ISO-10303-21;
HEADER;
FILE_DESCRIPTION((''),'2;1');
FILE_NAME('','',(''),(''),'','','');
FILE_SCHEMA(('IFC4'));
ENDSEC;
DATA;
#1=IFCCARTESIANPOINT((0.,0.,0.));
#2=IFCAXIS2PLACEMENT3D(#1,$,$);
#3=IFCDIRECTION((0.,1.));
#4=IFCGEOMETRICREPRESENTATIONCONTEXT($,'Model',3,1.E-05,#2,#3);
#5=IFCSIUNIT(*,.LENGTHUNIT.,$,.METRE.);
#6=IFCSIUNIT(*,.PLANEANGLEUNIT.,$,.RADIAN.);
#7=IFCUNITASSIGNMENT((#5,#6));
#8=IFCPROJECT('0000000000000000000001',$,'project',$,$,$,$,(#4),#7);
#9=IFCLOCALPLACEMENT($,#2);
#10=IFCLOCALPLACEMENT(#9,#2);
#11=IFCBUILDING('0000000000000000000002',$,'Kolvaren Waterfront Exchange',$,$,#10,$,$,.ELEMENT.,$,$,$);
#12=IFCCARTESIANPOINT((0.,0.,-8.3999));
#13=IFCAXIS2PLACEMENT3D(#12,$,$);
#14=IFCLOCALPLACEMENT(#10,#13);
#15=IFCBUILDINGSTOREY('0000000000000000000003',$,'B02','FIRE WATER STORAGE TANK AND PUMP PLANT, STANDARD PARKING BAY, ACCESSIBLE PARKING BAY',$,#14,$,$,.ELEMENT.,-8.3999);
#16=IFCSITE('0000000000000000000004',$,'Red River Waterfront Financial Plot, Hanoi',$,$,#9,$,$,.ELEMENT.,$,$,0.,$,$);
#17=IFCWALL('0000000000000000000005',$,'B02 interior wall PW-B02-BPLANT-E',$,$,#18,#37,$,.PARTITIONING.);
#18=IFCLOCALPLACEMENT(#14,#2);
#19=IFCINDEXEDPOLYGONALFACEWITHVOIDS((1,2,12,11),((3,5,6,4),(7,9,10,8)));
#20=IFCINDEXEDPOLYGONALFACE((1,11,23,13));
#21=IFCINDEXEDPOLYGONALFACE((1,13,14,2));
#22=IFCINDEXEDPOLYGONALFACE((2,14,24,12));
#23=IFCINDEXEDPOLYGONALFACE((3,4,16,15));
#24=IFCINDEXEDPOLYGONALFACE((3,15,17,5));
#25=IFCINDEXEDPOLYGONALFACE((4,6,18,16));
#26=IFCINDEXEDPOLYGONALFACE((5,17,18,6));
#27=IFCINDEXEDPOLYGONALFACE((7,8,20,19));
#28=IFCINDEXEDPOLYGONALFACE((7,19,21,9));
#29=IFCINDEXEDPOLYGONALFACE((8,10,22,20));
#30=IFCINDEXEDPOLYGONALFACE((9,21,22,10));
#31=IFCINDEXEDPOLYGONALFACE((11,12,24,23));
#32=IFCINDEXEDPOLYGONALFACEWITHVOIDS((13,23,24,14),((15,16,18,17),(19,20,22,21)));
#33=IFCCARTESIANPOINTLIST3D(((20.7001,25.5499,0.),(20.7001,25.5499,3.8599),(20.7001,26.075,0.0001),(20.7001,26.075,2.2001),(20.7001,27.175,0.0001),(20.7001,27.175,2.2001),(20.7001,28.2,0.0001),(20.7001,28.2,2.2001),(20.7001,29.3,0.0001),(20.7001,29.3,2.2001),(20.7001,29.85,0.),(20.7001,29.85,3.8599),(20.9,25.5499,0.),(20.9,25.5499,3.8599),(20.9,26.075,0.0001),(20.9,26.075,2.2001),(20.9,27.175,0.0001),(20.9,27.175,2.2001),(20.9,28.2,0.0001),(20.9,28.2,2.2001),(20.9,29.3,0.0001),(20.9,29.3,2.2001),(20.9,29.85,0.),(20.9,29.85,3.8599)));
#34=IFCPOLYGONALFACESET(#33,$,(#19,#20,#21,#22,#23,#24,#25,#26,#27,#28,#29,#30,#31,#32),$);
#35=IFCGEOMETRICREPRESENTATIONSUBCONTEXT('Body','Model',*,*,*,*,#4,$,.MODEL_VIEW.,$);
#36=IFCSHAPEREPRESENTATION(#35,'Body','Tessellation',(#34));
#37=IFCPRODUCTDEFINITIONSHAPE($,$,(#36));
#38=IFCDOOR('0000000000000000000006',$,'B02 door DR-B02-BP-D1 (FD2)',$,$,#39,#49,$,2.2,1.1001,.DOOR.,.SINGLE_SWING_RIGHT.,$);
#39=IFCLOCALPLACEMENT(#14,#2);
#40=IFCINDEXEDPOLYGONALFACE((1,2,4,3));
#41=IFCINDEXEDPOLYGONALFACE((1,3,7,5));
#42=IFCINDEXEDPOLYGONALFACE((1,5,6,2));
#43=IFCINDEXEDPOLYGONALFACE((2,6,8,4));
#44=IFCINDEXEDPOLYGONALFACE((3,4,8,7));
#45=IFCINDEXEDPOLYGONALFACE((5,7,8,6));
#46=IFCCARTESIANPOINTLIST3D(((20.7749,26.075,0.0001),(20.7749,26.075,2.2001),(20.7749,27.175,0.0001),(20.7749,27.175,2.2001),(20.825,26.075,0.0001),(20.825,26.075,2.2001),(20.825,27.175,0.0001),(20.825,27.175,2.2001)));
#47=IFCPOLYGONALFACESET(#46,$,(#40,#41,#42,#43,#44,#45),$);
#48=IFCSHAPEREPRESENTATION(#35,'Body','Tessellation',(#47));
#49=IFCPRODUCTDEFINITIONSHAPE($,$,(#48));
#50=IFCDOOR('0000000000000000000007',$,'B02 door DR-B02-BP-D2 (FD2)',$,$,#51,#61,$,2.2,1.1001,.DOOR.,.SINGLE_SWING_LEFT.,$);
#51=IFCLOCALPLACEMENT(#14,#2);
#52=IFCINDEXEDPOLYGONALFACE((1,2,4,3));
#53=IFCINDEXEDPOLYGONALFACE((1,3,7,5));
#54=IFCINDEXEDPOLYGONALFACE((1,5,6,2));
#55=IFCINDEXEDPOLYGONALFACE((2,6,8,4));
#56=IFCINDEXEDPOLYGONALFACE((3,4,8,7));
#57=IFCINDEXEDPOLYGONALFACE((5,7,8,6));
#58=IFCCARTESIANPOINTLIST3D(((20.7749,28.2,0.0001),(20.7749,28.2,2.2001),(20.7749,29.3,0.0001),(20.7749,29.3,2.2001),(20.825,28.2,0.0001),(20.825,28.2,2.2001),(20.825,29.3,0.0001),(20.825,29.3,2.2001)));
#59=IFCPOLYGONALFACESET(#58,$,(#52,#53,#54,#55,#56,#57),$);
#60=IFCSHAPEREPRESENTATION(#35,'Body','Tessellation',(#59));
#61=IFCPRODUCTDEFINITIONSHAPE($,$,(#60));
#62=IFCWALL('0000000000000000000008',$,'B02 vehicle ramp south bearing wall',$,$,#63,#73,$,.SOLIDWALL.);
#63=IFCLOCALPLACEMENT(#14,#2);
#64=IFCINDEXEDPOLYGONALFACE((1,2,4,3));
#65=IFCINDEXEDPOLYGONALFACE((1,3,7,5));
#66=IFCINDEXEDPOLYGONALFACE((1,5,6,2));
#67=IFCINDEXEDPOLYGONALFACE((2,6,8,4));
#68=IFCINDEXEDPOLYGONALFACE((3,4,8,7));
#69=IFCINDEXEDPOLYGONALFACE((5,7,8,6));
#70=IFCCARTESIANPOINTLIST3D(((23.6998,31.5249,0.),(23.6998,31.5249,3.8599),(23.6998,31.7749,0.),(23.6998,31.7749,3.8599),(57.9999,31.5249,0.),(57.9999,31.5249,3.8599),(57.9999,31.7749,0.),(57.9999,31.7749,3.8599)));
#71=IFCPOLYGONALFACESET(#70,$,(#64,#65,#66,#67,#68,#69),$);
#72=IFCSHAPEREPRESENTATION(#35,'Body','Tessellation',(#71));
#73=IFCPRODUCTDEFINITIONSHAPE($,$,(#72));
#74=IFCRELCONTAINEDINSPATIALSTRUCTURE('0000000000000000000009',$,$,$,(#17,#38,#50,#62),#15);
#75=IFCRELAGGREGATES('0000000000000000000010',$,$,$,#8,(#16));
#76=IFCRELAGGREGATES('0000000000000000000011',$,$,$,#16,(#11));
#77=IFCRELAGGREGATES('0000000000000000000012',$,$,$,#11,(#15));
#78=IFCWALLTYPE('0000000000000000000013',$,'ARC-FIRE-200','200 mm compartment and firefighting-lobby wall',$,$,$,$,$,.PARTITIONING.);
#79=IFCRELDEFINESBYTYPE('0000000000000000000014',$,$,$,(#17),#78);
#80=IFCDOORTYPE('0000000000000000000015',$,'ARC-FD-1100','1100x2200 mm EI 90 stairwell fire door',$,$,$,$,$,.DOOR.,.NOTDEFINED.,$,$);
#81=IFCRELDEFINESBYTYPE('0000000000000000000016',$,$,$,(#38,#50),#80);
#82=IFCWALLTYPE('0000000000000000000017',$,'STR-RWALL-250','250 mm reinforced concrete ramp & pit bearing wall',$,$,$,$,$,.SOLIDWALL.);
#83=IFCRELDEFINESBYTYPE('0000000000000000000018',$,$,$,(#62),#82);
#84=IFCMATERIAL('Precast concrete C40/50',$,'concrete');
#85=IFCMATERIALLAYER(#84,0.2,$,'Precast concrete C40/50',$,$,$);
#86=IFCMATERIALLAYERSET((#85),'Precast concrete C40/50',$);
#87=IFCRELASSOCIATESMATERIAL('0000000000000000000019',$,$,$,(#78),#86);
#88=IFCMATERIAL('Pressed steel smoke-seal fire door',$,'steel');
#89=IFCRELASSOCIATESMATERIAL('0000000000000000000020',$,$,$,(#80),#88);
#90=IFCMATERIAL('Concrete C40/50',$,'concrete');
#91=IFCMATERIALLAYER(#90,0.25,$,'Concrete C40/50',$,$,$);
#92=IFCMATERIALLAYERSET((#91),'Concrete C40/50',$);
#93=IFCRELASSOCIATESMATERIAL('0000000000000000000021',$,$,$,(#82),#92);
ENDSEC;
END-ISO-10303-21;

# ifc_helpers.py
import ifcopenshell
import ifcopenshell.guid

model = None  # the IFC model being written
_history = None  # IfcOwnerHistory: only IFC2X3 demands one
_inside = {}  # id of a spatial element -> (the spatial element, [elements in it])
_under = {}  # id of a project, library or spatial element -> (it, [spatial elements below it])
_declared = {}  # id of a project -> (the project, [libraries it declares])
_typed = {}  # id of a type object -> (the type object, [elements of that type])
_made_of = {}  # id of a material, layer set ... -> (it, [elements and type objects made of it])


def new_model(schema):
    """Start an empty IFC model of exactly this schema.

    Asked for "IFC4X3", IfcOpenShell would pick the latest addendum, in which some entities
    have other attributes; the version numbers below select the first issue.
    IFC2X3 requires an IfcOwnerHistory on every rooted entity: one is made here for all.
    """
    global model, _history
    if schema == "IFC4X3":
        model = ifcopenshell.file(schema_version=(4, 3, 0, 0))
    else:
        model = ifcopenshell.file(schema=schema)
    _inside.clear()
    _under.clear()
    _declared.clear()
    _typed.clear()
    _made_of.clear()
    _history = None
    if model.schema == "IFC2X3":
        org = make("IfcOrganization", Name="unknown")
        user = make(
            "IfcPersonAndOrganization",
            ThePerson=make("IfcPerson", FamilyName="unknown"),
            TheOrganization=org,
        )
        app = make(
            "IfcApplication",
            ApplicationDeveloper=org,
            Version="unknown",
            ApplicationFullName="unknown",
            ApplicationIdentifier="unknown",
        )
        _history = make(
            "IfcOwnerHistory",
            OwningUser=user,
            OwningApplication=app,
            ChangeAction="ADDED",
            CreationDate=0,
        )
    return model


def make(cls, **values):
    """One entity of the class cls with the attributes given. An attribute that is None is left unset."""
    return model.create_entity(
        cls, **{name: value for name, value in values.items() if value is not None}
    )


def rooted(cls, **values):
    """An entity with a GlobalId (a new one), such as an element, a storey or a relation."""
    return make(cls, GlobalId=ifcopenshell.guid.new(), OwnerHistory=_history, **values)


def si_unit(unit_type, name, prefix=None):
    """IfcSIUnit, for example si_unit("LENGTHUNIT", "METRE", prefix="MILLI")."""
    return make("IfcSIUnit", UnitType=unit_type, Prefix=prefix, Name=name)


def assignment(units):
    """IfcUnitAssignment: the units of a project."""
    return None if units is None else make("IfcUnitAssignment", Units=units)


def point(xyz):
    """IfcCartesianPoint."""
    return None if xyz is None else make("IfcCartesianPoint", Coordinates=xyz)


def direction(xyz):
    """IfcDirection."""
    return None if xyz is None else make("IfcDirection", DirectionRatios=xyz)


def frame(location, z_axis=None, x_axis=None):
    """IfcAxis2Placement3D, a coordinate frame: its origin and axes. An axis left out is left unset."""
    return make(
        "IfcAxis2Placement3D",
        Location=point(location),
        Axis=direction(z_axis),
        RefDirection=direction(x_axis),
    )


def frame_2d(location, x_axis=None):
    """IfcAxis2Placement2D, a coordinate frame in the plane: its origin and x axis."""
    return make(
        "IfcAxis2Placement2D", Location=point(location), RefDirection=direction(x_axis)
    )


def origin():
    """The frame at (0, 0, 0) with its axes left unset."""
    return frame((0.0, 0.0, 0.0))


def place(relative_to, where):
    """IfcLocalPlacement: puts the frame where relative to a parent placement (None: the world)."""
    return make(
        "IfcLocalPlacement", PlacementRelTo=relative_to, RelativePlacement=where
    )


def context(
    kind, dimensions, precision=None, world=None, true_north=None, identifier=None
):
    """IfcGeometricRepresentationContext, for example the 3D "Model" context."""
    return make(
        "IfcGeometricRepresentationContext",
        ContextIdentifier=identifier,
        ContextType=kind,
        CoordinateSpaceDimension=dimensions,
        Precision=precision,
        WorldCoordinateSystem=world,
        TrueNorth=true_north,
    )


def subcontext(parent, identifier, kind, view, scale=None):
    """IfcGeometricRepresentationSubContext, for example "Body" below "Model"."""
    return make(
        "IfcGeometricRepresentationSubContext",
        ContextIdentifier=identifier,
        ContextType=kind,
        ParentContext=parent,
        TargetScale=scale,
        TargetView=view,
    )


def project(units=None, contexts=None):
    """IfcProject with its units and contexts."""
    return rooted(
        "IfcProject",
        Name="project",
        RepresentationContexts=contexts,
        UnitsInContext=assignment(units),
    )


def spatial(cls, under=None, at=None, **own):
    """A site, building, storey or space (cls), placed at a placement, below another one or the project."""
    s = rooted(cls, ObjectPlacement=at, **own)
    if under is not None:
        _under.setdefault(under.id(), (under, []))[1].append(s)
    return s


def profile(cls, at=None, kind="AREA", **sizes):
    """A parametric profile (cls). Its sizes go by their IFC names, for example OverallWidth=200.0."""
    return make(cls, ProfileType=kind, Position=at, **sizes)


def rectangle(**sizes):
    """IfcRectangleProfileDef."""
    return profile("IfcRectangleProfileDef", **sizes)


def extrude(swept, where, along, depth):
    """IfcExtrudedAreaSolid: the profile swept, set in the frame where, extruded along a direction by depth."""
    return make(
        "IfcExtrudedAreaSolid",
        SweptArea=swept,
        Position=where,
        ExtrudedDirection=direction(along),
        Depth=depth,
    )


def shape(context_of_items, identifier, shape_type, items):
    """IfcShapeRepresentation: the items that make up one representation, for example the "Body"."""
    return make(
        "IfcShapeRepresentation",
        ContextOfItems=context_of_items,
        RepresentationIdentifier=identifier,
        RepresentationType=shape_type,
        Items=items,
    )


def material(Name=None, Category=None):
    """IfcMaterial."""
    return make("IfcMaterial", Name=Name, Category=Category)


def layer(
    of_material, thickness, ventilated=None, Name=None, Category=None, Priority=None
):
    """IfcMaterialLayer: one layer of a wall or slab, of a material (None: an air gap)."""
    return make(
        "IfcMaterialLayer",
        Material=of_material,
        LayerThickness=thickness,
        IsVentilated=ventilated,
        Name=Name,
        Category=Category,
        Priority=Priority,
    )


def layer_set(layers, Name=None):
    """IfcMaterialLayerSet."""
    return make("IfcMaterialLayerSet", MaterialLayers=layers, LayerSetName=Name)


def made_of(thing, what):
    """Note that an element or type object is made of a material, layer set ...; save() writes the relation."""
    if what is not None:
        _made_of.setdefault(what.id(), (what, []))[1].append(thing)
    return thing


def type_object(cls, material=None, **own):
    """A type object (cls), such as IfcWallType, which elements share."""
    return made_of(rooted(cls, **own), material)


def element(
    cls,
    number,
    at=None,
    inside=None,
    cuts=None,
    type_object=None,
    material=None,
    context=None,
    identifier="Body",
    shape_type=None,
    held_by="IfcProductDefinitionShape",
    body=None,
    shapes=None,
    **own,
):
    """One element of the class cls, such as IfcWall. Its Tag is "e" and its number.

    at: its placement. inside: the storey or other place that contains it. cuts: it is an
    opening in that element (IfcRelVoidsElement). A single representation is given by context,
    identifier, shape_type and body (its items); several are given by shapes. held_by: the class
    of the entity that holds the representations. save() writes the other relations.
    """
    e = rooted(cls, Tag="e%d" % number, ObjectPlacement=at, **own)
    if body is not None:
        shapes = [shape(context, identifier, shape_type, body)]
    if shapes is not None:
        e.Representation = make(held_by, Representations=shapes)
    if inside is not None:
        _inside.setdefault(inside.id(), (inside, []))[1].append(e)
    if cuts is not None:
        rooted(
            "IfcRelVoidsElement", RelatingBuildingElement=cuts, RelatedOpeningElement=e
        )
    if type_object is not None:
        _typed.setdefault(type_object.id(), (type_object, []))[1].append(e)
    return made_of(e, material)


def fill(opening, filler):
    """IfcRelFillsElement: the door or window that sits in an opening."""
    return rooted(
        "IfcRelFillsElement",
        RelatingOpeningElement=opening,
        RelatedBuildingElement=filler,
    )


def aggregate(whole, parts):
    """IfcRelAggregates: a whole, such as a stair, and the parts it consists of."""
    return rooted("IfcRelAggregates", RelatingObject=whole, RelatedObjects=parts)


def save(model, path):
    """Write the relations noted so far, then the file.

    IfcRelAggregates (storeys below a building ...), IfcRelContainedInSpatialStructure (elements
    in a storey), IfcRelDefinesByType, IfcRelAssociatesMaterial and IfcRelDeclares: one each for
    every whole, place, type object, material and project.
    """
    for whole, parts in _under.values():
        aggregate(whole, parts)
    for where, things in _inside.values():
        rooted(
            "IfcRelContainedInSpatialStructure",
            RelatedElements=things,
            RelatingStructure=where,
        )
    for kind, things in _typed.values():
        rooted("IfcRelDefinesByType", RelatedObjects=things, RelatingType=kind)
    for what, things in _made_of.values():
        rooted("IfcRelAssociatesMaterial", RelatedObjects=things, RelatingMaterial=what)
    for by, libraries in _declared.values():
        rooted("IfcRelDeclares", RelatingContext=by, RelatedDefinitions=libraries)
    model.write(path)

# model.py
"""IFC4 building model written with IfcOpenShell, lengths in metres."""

from ifc_helpers import new_model, si_unit, direction, frame, frame_2d, origin, place, context, subcontext, project, spatial, rectangle, extrude, material, layer, layer_set, type_object, element, fill, save


model = new_model("IFC4")

# Units and contexts
model_context = context("Model", 3, precision=1e-05, world=origin(), true_north=direction((0.0, 1.0)))
body_context = subcontext(model_context, "Body", "Model", "MODEL_VIEW")
ifc_project = project(units=[si_unit("LENGTHUNIT", "METRE"), si_unit("PLANEANGLEUNIT", "RADIAN")], contexts=[model_context])

# Site, building, storey
site_placement = place(None, origin())
site = spatial("IfcSite", under=ifc_project, at=site_placement, Name="Red River Waterfront Financial Plot, Hanoi", CompositionType="ELEMENT", RefElevation=0.0)
building_placement = place(site_placement, origin())
building = spatial("IfcBuilding", under=site, at=building_placement, Name="Kolvaren Waterfront Exchange", CompositionType="ELEMENT")
storey_placement = place(building_placement, frame((0.0, 0.0, -8.3999)))
storey = spatial("IfcBuildingStorey", under=building, at=storey_placement, Name="B02", Description="FIRE WATER STORAGE TANK AND PUMP PLANT, STANDARD PARKING BAY, ACCESSIBLE PARKING BAY", CompositionType="ELEMENT", Elevation=-8.3999)

# Shared definitions
ifc_material_1 = material(Name="Concrete C40/50", Category="concrete")

# Wall, openings, doors
ifc_material_2 = material(Name="Precast concrete C40/50", Category="concrete")
ifc_layer_1 = layer(ifc_material_2, 0.2, Name="Precast concrete C40/50")
ifc_layer_set_1 = layer_set([ifc_layer_1], Name="Precast concrete C40/50")
wall_type_1 = type_object("IfcWallType", Name="ARC-FIRE-200", Description="200 mm compartment and firefighting-lobby wall", PredefinedType="PARTITIONING", material=ifc_layer_set_1)
wall_1_placement = place(storey_placement, frame((20.8, 25.55, 0.0), z_axis=(0.0, 0.0, 1.0), x_axis=(0.0, 1.0, 0.0)))
wall_1 = element("IfcWall", 1, at=wall_1_placement, inside=storey, type_object=wall_type_1, Name="B02 interior wall PW-B02-BPLANT-E", PredefinedType="PARTITIONING", context=body_context, shape_type="SweptSolid", body=[
    extrude(rectangle(XDim=4.3, YDim=0.2, at=frame_2d((2.1499, 0.0))), origin(), (0.0, 0.0, 1.0), 3.8599),
])
opening_1_placement = place(wall_1_placement, frame((0.5249, 0.0, 0.0)))
opening_1 = element("IfcOpeningElement", 2, at=opening_1_placement, cuts=wall_1, PredefinedType="OPENING", context=body_context, shape_type="SweptSolid", body=[
    extrude(rectangle(XDim=1.1001, YDim=2.2, at=frame_2d((0.55, 1.1001))), frame((0.0, 0.1099, 0.0), z_axis=(0.0, -1.0, 0.0), x_axis=(1.0, 0.0, 0.0)), (0.0, 0.0, 1.0), 0.22),
])
opening_2_placement = place(wall_1_placement, frame((2.6499, 0.0, 0.0)))
opening_2 = element("IfcOpeningElement", 3, at=opening_2_placement, cuts=wall_1, PredefinedType="OPENING", context=body_context, shape_type="SweptSolid", body=[
    extrude(rectangle(XDim=1.1001, YDim=2.2, at=frame_2d((0.55, 1.1001))), frame((0.0, 0.1099, 0.0), z_axis=(0.0, -1.0, 0.0), x_axis=(1.0, 0.0, 0.0)), (0.0, 0.0, 1.0), 0.22),
])
ifc_material_3 = material(Name="Pressed steel smoke-seal fire door", Category="steel")
door_type = type_object("IfcDoorType", Name="ARC-FD-1100", Description="1100x2200 mm EI 90 stairwell fire door", OperationType="NOTDEFINED", PredefinedType="DOOR", material=ifc_material_3)
door_1_placement = place(opening_1_placement, frame((1.1001, 0.0, 0.0), z_axis=(0.0, 0.0, 1.0), x_axis=(-1.0, 0.0, 0.0)))
door_1 = element("IfcDoor", 4, at=door_1_placement, inside=storey, type_object=door_type, Name="B02 door DR-B02-BP-D1 (FD2)", OperationType="SINGLE_SWING_RIGHT", OverallHeight=2.2, OverallWidth=1.1001, PredefinedType="DOOR", context=body_context, shape_type="SweptSolid", body=[
    extrude(rectangle(XDim=1.1001, YDim=2.2, at=frame_2d((0.55, 1.1001))), frame((0.0, 0.0249, 0.0), z_axis=(0.0, -1.0, 0.0), x_axis=(1.0, 0.0, 0.0)), (0.0, 0.0, 1.0), 0.05),
])
fill(opening_1, door_1)
door_2_placement = place(opening_2_placement, frame((1.1001, 0.0, 0.0), z_axis=(0.0, 0.0, 1.0), x_axis=(-1.0, 0.0, 0.0)))
door_2 = element("IfcDoor", 5, at=door_2_placement, inside=storey, type_object=door_type, Name="B02 door DR-B02-BP-D2 (FD2)", OperationType="SINGLE_SWING_LEFT", OverallHeight=2.2, OverallWidth=1.1001, PredefinedType="DOOR", context=body_context, shape_type="SweptSolid", body=[
    extrude(rectangle(XDim=1.1001, YDim=2.2, at=frame_2d((0.55, 1.1001))), frame((0.0, 0.0249, 0.0), z_axis=(0.0, -1.0, 0.0), x_axis=(1.0, 0.0, 0.0)), (0.0, 0.0, 1.0), 0.05),
])
fill(opening_2, door_2)

# Wall
ifc_layer_2 = layer(ifc_material_1, 0.25, Name="Concrete C40/50")
ifc_layer_set_2 = layer_set([ifc_layer_2], Name="Concrete C40/50")
wall_type_2 = type_object("IfcWallType", Name="STR-RWALL-250", Description="250 mm reinforced concrete ramp & pit bearing wall", PredefinedType="SOLIDWALL", material=ifc_layer_set_2)
wall_2_placement = place(storey_placement, frame((23.7, 31.6499, 0.0), z_axis=(0.0, 0.0, 1.0), x_axis=(1.0, 0.0, 0.0)))
element("IfcWall", 6, at=wall_2_placement, inside=storey, type_object=wall_type_2, Name="B02 vehicle ramp south bearing wall", PredefinedType="SOLIDWALL", context=body_context, shape_type="SweptSolid", body=[
    extrude(rectangle(XDim=34.3, YDim=0.25, at=frame_2d((17.1499, 0.0))), origin(), (0.0, 0.0, 1.0), 3.8599),
])

save(model, "model.ifc")
